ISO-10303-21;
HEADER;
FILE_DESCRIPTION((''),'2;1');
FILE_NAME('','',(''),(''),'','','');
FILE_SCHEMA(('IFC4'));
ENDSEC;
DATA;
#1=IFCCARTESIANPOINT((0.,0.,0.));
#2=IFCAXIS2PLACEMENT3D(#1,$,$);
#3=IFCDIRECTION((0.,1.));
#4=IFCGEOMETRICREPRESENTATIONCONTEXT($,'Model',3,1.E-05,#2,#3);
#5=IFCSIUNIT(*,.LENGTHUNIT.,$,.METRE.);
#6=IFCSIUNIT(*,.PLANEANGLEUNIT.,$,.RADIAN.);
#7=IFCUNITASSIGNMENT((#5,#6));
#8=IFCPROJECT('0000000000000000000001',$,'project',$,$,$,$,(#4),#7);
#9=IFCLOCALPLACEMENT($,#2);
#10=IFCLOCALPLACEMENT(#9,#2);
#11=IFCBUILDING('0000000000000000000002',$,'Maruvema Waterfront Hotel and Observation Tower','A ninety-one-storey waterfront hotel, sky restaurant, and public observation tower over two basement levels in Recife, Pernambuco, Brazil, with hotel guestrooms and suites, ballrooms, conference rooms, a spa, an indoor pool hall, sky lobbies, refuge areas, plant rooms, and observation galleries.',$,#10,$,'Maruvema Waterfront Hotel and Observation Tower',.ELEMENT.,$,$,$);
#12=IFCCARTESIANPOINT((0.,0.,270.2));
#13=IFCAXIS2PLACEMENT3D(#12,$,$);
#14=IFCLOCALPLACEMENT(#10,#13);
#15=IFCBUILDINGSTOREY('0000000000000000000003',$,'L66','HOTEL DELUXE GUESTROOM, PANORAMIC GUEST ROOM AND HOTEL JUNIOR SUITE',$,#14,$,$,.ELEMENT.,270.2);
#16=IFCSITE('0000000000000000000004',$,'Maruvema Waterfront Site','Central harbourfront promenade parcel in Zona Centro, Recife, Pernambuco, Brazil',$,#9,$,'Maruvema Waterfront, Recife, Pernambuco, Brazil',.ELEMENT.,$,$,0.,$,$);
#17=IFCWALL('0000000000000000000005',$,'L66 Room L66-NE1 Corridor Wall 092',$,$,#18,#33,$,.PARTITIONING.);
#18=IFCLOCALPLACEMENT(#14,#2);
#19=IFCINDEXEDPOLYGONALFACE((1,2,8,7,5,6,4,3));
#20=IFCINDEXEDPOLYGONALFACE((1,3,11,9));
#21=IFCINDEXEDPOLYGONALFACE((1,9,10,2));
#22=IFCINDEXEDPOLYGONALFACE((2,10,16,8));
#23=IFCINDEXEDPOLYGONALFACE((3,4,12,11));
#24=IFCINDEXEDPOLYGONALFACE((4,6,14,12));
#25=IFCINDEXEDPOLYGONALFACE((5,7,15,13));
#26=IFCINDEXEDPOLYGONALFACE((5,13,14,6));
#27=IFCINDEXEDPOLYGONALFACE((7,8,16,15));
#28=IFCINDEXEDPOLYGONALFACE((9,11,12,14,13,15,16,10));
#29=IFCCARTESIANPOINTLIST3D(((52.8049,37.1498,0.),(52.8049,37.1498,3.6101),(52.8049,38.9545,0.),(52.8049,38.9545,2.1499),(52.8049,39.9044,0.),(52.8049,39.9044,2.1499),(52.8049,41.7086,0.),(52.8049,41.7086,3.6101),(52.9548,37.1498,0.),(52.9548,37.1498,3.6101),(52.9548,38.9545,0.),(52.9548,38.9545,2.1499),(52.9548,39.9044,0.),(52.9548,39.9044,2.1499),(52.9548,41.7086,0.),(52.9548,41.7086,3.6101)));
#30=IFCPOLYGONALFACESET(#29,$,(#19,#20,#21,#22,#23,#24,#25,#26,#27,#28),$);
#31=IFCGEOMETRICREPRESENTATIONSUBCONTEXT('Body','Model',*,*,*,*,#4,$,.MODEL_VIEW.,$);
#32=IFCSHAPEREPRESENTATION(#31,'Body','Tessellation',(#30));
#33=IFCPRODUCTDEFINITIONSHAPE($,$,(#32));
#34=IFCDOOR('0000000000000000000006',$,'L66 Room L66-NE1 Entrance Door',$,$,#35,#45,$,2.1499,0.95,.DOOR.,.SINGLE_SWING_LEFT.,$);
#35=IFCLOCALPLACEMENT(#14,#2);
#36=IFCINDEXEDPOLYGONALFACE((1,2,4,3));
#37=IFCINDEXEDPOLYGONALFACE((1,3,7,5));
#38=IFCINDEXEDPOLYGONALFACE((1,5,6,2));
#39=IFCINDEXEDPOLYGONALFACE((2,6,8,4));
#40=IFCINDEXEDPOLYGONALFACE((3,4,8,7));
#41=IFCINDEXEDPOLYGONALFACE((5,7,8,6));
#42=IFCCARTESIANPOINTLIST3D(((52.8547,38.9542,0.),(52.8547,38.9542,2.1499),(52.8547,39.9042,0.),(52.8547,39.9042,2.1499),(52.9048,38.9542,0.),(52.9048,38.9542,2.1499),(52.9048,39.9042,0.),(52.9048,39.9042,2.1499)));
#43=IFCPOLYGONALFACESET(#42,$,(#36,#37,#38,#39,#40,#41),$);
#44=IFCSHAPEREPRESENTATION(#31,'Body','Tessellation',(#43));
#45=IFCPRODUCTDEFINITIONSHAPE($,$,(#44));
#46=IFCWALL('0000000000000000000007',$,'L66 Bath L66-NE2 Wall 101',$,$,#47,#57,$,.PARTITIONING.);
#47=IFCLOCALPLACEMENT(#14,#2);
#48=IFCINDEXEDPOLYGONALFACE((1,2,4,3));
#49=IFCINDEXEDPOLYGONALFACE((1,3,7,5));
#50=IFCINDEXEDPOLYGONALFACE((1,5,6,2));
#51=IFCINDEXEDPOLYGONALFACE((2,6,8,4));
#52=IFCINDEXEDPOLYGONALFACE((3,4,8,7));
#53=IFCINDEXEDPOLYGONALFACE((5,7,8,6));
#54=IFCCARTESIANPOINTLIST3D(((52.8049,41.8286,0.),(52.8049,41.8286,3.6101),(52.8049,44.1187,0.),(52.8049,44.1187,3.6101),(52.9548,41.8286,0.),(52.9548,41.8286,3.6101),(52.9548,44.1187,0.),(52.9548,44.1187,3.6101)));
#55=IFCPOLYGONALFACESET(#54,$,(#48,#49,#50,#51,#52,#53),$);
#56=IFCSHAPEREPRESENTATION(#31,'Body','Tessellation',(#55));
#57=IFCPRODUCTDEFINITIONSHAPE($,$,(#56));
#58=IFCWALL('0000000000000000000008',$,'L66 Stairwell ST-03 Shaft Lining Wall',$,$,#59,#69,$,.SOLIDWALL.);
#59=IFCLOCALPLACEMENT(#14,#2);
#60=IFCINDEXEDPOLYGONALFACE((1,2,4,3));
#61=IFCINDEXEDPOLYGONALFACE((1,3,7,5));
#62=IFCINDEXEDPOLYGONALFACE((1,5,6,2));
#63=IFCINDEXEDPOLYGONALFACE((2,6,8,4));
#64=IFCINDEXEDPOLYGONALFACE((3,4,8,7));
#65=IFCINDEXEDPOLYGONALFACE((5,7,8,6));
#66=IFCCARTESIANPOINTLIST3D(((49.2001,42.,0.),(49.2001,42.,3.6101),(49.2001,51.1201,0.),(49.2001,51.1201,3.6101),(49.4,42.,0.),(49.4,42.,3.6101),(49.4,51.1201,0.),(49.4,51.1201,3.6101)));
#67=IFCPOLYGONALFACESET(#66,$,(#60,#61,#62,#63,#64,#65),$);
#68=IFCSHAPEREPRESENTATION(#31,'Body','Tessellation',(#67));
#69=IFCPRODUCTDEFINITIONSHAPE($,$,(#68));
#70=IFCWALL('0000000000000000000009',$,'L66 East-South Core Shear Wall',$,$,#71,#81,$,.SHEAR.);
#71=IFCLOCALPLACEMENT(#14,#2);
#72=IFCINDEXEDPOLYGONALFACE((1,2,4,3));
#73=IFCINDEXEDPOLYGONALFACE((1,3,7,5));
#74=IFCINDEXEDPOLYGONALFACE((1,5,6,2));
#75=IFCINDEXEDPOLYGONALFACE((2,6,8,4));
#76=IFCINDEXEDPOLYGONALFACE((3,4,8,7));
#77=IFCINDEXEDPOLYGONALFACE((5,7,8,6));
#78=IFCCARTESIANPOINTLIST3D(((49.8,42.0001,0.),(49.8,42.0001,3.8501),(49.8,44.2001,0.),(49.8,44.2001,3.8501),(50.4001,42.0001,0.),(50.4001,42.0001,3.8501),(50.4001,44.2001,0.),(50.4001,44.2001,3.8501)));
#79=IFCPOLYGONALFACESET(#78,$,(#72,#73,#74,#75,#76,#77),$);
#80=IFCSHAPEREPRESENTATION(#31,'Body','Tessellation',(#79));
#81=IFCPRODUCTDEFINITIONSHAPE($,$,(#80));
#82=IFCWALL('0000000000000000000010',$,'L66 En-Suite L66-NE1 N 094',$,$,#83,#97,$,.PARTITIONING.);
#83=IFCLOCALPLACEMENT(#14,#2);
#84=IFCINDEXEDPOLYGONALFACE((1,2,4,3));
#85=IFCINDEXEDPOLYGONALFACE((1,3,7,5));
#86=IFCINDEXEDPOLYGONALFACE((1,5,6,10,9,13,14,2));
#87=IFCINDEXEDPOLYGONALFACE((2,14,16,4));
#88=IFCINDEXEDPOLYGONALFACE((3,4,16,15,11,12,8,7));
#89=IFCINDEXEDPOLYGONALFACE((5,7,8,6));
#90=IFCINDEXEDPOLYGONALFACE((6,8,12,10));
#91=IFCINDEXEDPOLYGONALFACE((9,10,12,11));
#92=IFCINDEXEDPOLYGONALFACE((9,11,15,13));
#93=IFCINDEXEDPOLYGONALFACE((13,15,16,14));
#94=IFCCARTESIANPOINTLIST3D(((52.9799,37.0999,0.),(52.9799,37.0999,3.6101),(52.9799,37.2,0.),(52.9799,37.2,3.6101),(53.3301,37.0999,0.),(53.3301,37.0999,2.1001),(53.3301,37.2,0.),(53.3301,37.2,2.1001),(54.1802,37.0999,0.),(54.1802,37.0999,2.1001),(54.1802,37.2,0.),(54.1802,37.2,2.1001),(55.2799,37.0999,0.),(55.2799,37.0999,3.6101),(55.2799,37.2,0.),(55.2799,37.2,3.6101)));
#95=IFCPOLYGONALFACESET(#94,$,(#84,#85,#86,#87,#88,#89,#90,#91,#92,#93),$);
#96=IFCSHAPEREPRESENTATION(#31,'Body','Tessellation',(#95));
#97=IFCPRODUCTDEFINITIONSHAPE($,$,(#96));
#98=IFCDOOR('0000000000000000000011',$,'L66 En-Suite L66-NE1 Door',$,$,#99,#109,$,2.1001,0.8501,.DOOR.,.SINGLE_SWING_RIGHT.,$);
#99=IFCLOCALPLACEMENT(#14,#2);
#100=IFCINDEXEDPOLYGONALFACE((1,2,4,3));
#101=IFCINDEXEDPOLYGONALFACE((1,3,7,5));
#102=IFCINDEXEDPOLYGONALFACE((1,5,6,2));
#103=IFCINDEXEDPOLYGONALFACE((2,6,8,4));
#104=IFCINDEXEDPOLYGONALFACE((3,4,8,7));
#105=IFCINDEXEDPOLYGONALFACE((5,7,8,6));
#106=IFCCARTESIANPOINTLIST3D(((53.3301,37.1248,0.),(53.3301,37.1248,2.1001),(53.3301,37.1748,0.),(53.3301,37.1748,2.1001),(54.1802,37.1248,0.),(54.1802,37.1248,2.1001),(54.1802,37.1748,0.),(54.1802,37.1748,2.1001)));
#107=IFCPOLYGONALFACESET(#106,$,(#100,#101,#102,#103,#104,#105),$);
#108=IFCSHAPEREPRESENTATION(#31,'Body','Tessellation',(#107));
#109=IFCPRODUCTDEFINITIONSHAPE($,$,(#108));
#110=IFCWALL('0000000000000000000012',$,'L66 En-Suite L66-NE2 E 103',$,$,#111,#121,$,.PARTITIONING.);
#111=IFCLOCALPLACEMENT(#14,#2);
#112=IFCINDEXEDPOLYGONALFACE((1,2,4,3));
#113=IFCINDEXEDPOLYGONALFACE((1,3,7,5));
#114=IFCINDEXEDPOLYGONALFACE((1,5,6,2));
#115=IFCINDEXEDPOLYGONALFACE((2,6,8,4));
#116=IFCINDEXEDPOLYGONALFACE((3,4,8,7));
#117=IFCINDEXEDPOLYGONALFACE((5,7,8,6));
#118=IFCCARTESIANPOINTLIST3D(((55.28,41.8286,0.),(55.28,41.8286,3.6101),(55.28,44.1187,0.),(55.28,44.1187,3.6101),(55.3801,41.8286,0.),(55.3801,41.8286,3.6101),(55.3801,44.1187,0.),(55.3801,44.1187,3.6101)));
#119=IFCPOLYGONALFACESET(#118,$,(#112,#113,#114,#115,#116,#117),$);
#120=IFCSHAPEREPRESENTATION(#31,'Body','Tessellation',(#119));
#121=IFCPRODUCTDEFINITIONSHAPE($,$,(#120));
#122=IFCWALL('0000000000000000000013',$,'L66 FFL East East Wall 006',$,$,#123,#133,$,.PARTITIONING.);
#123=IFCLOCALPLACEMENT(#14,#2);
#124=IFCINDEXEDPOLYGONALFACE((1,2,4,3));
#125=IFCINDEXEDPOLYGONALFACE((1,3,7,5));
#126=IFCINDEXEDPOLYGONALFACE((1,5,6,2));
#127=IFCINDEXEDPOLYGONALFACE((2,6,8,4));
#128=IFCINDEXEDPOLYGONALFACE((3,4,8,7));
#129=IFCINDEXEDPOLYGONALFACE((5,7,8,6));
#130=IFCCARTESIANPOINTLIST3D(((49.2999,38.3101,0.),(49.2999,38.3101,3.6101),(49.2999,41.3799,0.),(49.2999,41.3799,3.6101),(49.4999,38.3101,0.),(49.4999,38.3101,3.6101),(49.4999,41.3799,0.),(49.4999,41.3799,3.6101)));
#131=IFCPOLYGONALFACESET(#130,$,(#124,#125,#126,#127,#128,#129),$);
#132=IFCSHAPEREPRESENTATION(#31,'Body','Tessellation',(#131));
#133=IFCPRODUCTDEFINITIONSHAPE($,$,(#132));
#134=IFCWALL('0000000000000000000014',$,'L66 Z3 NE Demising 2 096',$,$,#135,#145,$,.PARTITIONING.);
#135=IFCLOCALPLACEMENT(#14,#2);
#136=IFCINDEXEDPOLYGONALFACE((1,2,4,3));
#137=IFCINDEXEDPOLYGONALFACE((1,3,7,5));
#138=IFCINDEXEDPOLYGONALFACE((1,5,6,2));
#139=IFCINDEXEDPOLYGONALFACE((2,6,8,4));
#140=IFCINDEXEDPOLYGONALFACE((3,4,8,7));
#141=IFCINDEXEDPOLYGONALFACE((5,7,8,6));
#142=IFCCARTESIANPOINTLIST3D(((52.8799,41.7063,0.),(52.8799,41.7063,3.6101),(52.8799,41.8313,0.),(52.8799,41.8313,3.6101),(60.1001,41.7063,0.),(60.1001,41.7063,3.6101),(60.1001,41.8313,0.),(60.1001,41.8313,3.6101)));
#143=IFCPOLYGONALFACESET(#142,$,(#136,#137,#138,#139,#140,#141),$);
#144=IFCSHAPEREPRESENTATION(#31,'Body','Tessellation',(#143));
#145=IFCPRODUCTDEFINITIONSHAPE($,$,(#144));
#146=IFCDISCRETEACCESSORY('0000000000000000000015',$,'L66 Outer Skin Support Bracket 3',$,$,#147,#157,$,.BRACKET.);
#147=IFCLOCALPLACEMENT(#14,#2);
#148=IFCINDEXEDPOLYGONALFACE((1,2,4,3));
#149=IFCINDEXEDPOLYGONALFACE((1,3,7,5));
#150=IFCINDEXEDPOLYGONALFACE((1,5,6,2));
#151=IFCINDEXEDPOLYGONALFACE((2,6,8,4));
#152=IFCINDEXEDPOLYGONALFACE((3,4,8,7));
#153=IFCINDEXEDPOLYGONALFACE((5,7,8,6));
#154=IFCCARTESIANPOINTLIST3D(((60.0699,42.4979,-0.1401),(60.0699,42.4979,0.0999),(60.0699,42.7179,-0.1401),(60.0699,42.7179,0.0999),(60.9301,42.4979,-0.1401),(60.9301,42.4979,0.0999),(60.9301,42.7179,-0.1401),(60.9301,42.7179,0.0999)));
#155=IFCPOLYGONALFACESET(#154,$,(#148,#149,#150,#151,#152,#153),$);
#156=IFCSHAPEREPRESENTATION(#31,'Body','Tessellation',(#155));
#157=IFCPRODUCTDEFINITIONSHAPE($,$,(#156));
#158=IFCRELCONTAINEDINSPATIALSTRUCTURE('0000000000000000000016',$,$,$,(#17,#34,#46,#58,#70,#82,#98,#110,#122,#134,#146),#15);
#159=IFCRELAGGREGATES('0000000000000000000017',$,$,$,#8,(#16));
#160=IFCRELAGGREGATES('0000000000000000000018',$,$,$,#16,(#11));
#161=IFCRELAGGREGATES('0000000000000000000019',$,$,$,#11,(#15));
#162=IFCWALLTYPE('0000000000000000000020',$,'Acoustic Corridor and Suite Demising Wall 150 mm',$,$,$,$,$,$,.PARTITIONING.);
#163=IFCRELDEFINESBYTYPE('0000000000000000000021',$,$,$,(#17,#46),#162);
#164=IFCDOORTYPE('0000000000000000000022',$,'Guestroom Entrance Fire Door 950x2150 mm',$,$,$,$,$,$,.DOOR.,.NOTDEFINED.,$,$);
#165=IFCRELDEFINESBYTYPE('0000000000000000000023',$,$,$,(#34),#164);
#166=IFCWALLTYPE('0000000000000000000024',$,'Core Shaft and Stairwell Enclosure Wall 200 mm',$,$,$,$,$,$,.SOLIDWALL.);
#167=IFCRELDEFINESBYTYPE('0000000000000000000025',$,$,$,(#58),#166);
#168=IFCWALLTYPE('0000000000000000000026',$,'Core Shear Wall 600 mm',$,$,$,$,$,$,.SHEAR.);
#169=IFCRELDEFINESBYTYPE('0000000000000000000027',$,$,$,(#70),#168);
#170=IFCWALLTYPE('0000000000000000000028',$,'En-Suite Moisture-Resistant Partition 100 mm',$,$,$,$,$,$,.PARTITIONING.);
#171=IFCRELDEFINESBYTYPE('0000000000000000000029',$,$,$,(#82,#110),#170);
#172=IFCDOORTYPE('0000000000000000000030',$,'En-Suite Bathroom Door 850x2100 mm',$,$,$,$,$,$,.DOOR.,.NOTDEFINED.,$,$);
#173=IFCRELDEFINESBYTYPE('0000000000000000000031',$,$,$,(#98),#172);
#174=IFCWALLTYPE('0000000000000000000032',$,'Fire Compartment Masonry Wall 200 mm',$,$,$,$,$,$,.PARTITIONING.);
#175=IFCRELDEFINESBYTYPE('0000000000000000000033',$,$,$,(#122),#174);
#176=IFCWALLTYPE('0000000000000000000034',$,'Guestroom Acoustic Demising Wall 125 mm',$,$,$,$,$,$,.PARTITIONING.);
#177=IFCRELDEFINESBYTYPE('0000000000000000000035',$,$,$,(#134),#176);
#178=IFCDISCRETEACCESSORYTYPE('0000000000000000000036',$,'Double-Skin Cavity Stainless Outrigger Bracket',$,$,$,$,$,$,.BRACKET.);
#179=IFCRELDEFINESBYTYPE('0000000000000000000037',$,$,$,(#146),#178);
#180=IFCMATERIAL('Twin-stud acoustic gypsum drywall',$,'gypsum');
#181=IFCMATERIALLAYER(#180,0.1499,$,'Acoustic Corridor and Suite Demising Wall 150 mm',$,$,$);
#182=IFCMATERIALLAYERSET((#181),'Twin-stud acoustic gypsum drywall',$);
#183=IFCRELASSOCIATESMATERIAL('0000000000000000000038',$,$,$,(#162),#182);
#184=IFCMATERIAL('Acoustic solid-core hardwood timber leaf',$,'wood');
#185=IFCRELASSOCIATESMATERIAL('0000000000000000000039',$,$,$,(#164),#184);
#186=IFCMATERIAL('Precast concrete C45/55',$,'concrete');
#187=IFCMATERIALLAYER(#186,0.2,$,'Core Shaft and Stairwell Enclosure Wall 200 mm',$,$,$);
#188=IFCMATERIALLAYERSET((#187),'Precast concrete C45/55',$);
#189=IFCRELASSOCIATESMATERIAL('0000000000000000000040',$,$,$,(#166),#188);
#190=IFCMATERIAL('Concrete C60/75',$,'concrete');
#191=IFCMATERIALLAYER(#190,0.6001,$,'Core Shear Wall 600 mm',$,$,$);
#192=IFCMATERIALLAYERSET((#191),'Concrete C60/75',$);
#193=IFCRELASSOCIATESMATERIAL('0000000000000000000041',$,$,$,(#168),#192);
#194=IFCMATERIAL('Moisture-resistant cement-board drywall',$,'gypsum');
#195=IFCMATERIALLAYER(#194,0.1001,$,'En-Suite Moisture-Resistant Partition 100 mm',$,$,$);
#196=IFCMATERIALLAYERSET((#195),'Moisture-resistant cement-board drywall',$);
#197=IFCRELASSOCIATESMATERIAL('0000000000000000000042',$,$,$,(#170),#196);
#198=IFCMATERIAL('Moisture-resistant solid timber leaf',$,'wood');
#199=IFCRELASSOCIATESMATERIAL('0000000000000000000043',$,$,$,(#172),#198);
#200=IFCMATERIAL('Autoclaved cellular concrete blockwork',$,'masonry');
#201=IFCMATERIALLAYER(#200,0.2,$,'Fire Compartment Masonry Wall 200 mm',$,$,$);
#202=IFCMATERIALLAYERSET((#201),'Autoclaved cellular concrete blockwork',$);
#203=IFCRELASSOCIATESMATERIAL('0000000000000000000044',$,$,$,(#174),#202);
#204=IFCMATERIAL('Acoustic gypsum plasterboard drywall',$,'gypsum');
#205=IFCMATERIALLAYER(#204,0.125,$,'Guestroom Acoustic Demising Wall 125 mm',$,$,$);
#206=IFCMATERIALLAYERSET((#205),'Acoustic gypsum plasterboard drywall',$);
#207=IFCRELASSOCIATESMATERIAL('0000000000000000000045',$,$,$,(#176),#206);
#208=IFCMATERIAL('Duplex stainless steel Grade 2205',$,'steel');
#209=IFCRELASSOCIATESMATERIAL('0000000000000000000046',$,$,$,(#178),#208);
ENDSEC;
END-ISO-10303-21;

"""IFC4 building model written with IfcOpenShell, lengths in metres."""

from ifc_helpers import new_model, si_unit, direction, frame, frame_2d, origin, origin_2d, place, context, subcontext, project, spatial, rectangle, extrude, material, layer, layer_set, type_object, element, fill, save


model = new_model("IFC4")

# Units and contexts
model_context = context("Model", 3, precision=1e-05, world=origin(), true_north=direction((0.0, 1.0)))
body_context = subcontext(model_context, "Body", "Model", "MODEL_VIEW")
ifc_project = project(units=[si_unit("LENGTHUNIT", "METRE"), si_unit("PLANEANGLEUNIT", "RADIAN")], contexts=[model_context])

# Site, building, storey
site_placement = place(None, origin())
site = spatial("IfcSite", under=ifc_project, at=site_placement, Name="Maruvema Waterfront Site", Description="Central harbourfront promenade parcel in Zona Centro, Recife, Pernambuco, Brazil", LongName="Maruvema Waterfront, Recife, Pernambuco, Brazil", CompositionType="ELEMENT", RefElevation=0.0)
building_placement = place(site_placement, origin())
building = spatial("IfcBuilding", under=site, at=building_placement, Name="Maruvema Waterfront Hotel and Observation Tower", Description="A ninety-one-storey waterfront hotel, sky restaurant, and public observation tower over two basement levels in Recife, Pernambuco, Brazil, with hotel guestrooms and suites, ballrooms, conference rooms, a spa, an indoor pool hall, sky lobbies, refuge areas, plant rooms, and observation galleries.", LongName="Maruvema Waterfront Hotel and Observation Tower", CompositionType="ELEMENT")
storey_placement = place(building_placement, frame((0.0, 0.0, 270.2)))
storey = spatial("IfcBuildingStorey", under=building, at=storey_placement, Name="L66", Description="HOTEL DELUXE GUESTROOM, PANORAMIC GUEST ROOM AND HOTEL JUNIOR SUITE", CompositionType="ELEMENT", Elevation=270.2)

# Wall, opening, door
ifc_material_1 = material(Name="Twin-stud acoustic gypsum drywall", Category="gypsum")
ifc_layer_1 = layer(ifc_material_1, 0.1499, Name="Acoustic Corridor and Suite Demising Wall 150 mm")
ifc_layer_set_1 = layer_set([ifc_layer_1], Name="Twin-stud acoustic gypsum drywall")
wall_type_1 = type_object("IfcWallType", Name="Acoustic Corridor and Suite Demising Wall 150 mm", PredefinedType="PARTITIONING", material=ifc_layer_set_1)
wall_1_placement = place(storey_placement, frame((52.8799, 37.1499, 0.0), z_axis=(0.0, 0.0, 1.0), x_axis=(0.0, 1.0, 0.0)))
wall_1 = element("IfcWall", 1, at=wall_1_placement, inside=storey, type_object=wall_type_1, Name="L66 Room L66-NE1 Corridor Wall 092", PredefinedType="PARTITIONING", context=body_context, shape_type="SweptSolid", body=[
    extrude(rectangle(XDim=4.5588, YDim=0.1499, at=frame_2d((2.2793, 0.0))), origin(), (0.0, 0.0, 1.0), 3.6101),
])
opening_1_placement = place(wall_1_placement, frame((1.8044, 0.0, 0.0)))
opening_1 = element("IfcOpeningElement", 2, at=opening_1_placement, cuts=wall_1, PredefinedType="OPENING", context=body_context, shape_type="SweptSolid", body=[
    extrude(rectangle(XDim=0.95, YDim=2.1499, at=frame_2d((0.4751, 1.075))), frame((0.0, 0.085, 0.0), z_axis=(0.0, -1.0, 0.0), x_axis=(1.0, 0.0, 0.0)), (0.0, 0.0, 1.0), 0.1699),
])
ifc_material_2 = material(Name="Acoustic solid-core hardwood timber leaf", Category="wood")
door_type_1 = type_object("IfcDoorType", Name="Guestroom Entrance Fire Door 950x2150 mm", OperationType="NOTDEFINED", PredefinedType="DOOR", material=ifc_material_2)
door_1_placement = place(opening_1_placement, frame((0.95, 0.0, 0.0), z_axis=(0.0, 0.0, 1.0), x_axis=(-1.0, 0.0, 0.0)))
door_1 = element("IfcDoor", 3, at=door_1_placement, inside=storey, type_object=door_type_1, Name="L66 Room L66-NE1 Entrance Door", OperationType="SINGLE_SWING_LEFT", OverallHeight=2.1499, OverallWidth=0.95, PredefinedType="DOOR", context=body_context, shape_type="SweptSolid", body=[
    extrude(rectangle(XDim=0.95, YDim=2.1499, at=frame_2d((0.4751, 1.075))), frame((0.0, 0.0249, 0.0), z_axis=(0.0, -1.0, 0.0), x_axis=(1.0, 0.0, 0.0)), (0.0, 0.0, 1.0), 0.05),
])
fill(opening_1, door_1)

# Walls
wall_2_placement = place(storey_placement, frame((52.8799, 41.8286, 0.0), z_axis=(0.0, 0.0, 1.0), x_axis=(0.0, 1.0, 0.0)))
element("IfcWall", 4, at=wall_2_placement, inside=storey, type_object=wall_type_1, Name="L66 Bath L66-NE2 Wall 101", PredefinedType="PARTITIONING", context=body_context, shape_type="SweptSolid", body=[
    extrude(rectangle(XDim=2.29, YDim=0.1499, at=frame_2d((1.145, 0.0))), origin(), (0.0, 0.0, 1.0), 3.6101),
])
ifc_material_3 = material(Name="Precast concrete C45/55", Category="concrete")
ifc_layer_2 = layer(ifc_material_3, 0.2, Name="Core Shaft and Stairwell Enclosure Wall 200 mm")
ifc_layer_set_2 = layer_set([ifc_layer_2], Name="Precast concrete C45/55")
wall_type_2 = type_object("IfcWallType", Name="Core Shaft and Stairwell Enclosure Wall 200 mm", PredefinedType="SOLIDWALL", material=ifc_layer_set_2)
wall_3_placement = place(storey_placement, frame((49.3, 42.0, 0.0), z_axis=(0.0, 0.0, 1.0), x_axis=(0.0, 1.0, 0.0)))
element("IfcWall", 5, at=wall_3_placement, inside=storey, type_object=wall_type_2, Name="L66 Stairwell ST-03 Shaft Lining Wall", PredefinedType="SOLIDWALL", context=body_context, shape_type="SweptSolid", body=[
    extrude(rectangle(XDim=9.1201, YDim=0.2, at=frame_2d((4.5601, 0.0))), origin(), (0.0, 0.0, 1.0), 3.6101),
])
ifc_material_4 = material(Name="Concrete C60/75", Category="concrete")
ifc_layer_3 = layer(ifc_material_4, 0.6001, Name="Core Shear Wall 600 mm")
ifc_layer_set_3 = layer_set([ifc_layer_3], Name="Concrete C60/75")
wall_type_3 = type_object("IfcWallType", Name="Core Shear Wall 600 mm", PredefinedType="SHEAR", material=ifc_layer_set_3)
wall_4_placement = place(storey_placement, frame((50.1001, 42.0, 0.0), z_axis=(0.0, 0.0, 1.0), x_axis=(0.0, 1.0, 0.0)))
element("IfcWall", 6, at=wall_4_placement, inside=storey, type_object=wall_type_3, Name="L66 East-South Core Shear Wall", PredefinedType="SHEAR", context=body_context, shape_type="SweptSolid", body=[
    extrude(rectangle(XDim=2.2, YDim=0.6001, at=frame_2d((1.1001, 0.0))), origin(), (0.0, 0.0, 1.0), 3.8501),
])

# Wall, opening, door
ifc_material_5 = material(Name="Moisture-resistant cement-board drywall", Category="gypsum")
ifc_layer_4 = layer(ifc_material_5, 0.1001, Name="En-Suite Moisture-Resistant Partition 100 mm")
ifc_layer_set_4 = layer_set([ifc_layer_4], Name="Moisture-resistant cement-board drywall")
wall_type_4 = type_object("IfcWallType", Name="En-Suite Moisture-Resistant Partition 100 mm", PredefinedType="PARTITIONING", material=ifc_layer_set_4)
wall_5_placement = place(storey_placement, frame((52.98, 37.1499, 0.0), z_axis=(0.0, 0.0, 1.0), x_axis=(1.0, 0.0, 0.0)))
wall_5 = element("IfcWall", 7, at=wall_5_placement, inside=storey, type_object=wall_type_4, Name="L66 En-Suite L66-NE1 N 094", PredefinedType="PARTITIONING", context=body_context, shape_type="SweptSolid", body=[
    extrude(rectangle(XDim=2.3, YDim=0.1001, at=frame_2d((1.1499, 0.0))), origin(), (0.0, 0.0, 1.0), 3.6101),
])
opening_2_placement = place(wall_5_placement, frame((0.3501, 0.0, 0.0)))
opening_2 = element("IfcOpeningElement", 8, at=opening_2_placement, cuts=wall_5, PredefinedType="OPENING", context=body_context, shape_type="SweptSolid", body=[
    extrude(rectangle(XDim=0.8501, YDim=2.1001, at=frame_2d((0.425, 1.05))), frame((0.0, 0.0601, 0.0), z_axis=(0.0, -1.0, 0.0), x_axis=(1.0, 0.0, 0.0)), (0.0, 0.0, 1.0), 0.1201),
])
ifc_material_6 = material(Name="Moisture-resistant solid timber leaf", Category="wood")
door_type_2 = type_object("IfcDoorType", Name="En-Suite Bathroom Door 850x2100 mm", OperationType="NOTDEFINED", PredefinedType="DOOR", material=ifc_material_6)
door_2_placement = place(opening_2_placement, origin())
door_2 = element("IfcDoor", 9, at=door_2_placement, inside=storey, type_object=door_type_2, Name="L66 En-Suite L66-NE1 Door", OperationType="SINGLE_SWING_RIGHT", OverallHeight=2.1001, OverallWidth=0.8501, PredefinedType="DOOR", context=body_context, shape_type="SweptSolid", body=[
    extrude(rectangle(XDim=0.8501, YDim=2.1001, at=frame_2d((0.425, 1.05))), frame((0.0, 0.0249, 0.0), z_axis=(0.0, -1.0, 0.0), x_axis=(1.0, 0.0, 0.0)), (0.0, 0.0, 1.0), 0.05),
])
fill(opening_2, door_2)

# Walls
wall_6_placement = place(storey_placement, frame((55.3301, 41.8286, 0.0), z_axis=(0.0, 0.0, 1.0), x_axis=(0.0, 1.0, 0.0)))
element("IfcWall", 10, at=wall_6_placement, inside=storey, type_object=wall_type_4, Name="L66 En-Suite L66-NE2 E 103", PredefinedType="PARTITIONING", context=body_context, shape_type="SweptSolid", body=[
    extrude(rectangle(XDim=2.29, YDim=0.1001, at=frame_2d((1.145, 0.0))), origin(), (0.0, 0.0, 1.0), 3.6101),
])
ifc_material_7 = material(Name="Autoclaved cellular concrete blockwork", Category="masonry")
ifc_layer_5 = layer(ifc_material_7, 0.2, Name="Fire Compartment Masonry Wall 200 mm")
ifc_layer_set_5 = layer_set([ifc_layer_5], Name="Autoclaved cellular concrete blockwork")
wall_type_5 = type_object("IfcWallType", Name="Fire Compartment Masonry Wall 200 mm", PredefinedType="PARTITIONING", material=ifc_layer_set_5)
wall_7_placement = place(storey_placement, frame((49.3999, 38.3101, 0.0), z_axis=(0.0, 0.0, 1.0), x_axis=(0.0, 1.0, 0.0)))
element("IfcWall", 11, at=wall_7_placement, inside=storey, type_object=wall_type_5, Name="L66 FFL East East Wall 006", PredefinedType="PARTITIONING", context=body_context, shape_type="SweptSolid", body=[
    extrude(rectangle(XDim=3.0698, YDim=0.2, at=frame_2d((1.5349, 0.0))), origin(), (0.0, 0.0, 1.0), 3.6101),
])
ifc_material_8 = material(Name="Acoustic gypsum plasterboard drywall", Category="gypsum")
ifc_layer_6 = layer(ifc_material_8, 0.125, Name="Guestroom Acoustic Demising Wall 125 mm")
ifc_layer_set_6 = layer_set([ifc_layer_6], Name="Acoustic gypsum plasterboard drywall")
wall_type_6 = type_object("IfcWallType", Name="Guestroom Acoustic Demising Wall 125 mm", PredefinedType="PARTITIONING", material=ifc_layer_set_6)
wall_8_placement = place(storey_placement, frame((52.8799, 41.7688, 0.0), z_axis=(0.0, 0.0, 1.0), x_axis=(1.0, 0.0, 0.0)))
element("IfcWall", 12, at=wall_8_placement, inside=storey, type_object=wall_type_6, Name="L66 Z3 NE Demising 2 096", PredefinedType="PARTITIONING", context=body_context, shape_type="SweptSolid", body=[
    extrude(rectangle(XDim=7.2202, YDim=0.125, at=frame_2d((3.6101, 0.0))), origin(), (0.0, 0.0, 1.0), 3.6101),
])

# Discrete accessory
ifc_material_9 = material(Name="Duplex stainless steel Grade 2205", Category="steel")
discrete_accessory_type = type_object("IfcDiscreteAccessoryType", Name="Double-Skin Cavity Stainless Outrigger Bracket", PredefinedType="BRACKET", material=ifc_material_9)
discrete_accessory_placement = place(storey_placement, frame((60.5, 42.6079, -0.1401), z_axis=(0.0, 0.0, 1.0), x_axis=(0.0, 1.0, 0.0)))
element("IfcDiscreteAccessory", 13, at=discrete_accessory_placement, inside=storey, type_object=discrete_accessory_type, Name="L66 Outer Skin Support Bracket 3", PredefinedType="BRACKET", context=body_context, shape_type="SweptSolid", body=[
    extrude(rectangle(XDim=0.22, YDim=0.8601, at=origin_2d()), origin(), (0.0, 0.0, 1.0), 0.24),
])

save(model, "model.ifc")
